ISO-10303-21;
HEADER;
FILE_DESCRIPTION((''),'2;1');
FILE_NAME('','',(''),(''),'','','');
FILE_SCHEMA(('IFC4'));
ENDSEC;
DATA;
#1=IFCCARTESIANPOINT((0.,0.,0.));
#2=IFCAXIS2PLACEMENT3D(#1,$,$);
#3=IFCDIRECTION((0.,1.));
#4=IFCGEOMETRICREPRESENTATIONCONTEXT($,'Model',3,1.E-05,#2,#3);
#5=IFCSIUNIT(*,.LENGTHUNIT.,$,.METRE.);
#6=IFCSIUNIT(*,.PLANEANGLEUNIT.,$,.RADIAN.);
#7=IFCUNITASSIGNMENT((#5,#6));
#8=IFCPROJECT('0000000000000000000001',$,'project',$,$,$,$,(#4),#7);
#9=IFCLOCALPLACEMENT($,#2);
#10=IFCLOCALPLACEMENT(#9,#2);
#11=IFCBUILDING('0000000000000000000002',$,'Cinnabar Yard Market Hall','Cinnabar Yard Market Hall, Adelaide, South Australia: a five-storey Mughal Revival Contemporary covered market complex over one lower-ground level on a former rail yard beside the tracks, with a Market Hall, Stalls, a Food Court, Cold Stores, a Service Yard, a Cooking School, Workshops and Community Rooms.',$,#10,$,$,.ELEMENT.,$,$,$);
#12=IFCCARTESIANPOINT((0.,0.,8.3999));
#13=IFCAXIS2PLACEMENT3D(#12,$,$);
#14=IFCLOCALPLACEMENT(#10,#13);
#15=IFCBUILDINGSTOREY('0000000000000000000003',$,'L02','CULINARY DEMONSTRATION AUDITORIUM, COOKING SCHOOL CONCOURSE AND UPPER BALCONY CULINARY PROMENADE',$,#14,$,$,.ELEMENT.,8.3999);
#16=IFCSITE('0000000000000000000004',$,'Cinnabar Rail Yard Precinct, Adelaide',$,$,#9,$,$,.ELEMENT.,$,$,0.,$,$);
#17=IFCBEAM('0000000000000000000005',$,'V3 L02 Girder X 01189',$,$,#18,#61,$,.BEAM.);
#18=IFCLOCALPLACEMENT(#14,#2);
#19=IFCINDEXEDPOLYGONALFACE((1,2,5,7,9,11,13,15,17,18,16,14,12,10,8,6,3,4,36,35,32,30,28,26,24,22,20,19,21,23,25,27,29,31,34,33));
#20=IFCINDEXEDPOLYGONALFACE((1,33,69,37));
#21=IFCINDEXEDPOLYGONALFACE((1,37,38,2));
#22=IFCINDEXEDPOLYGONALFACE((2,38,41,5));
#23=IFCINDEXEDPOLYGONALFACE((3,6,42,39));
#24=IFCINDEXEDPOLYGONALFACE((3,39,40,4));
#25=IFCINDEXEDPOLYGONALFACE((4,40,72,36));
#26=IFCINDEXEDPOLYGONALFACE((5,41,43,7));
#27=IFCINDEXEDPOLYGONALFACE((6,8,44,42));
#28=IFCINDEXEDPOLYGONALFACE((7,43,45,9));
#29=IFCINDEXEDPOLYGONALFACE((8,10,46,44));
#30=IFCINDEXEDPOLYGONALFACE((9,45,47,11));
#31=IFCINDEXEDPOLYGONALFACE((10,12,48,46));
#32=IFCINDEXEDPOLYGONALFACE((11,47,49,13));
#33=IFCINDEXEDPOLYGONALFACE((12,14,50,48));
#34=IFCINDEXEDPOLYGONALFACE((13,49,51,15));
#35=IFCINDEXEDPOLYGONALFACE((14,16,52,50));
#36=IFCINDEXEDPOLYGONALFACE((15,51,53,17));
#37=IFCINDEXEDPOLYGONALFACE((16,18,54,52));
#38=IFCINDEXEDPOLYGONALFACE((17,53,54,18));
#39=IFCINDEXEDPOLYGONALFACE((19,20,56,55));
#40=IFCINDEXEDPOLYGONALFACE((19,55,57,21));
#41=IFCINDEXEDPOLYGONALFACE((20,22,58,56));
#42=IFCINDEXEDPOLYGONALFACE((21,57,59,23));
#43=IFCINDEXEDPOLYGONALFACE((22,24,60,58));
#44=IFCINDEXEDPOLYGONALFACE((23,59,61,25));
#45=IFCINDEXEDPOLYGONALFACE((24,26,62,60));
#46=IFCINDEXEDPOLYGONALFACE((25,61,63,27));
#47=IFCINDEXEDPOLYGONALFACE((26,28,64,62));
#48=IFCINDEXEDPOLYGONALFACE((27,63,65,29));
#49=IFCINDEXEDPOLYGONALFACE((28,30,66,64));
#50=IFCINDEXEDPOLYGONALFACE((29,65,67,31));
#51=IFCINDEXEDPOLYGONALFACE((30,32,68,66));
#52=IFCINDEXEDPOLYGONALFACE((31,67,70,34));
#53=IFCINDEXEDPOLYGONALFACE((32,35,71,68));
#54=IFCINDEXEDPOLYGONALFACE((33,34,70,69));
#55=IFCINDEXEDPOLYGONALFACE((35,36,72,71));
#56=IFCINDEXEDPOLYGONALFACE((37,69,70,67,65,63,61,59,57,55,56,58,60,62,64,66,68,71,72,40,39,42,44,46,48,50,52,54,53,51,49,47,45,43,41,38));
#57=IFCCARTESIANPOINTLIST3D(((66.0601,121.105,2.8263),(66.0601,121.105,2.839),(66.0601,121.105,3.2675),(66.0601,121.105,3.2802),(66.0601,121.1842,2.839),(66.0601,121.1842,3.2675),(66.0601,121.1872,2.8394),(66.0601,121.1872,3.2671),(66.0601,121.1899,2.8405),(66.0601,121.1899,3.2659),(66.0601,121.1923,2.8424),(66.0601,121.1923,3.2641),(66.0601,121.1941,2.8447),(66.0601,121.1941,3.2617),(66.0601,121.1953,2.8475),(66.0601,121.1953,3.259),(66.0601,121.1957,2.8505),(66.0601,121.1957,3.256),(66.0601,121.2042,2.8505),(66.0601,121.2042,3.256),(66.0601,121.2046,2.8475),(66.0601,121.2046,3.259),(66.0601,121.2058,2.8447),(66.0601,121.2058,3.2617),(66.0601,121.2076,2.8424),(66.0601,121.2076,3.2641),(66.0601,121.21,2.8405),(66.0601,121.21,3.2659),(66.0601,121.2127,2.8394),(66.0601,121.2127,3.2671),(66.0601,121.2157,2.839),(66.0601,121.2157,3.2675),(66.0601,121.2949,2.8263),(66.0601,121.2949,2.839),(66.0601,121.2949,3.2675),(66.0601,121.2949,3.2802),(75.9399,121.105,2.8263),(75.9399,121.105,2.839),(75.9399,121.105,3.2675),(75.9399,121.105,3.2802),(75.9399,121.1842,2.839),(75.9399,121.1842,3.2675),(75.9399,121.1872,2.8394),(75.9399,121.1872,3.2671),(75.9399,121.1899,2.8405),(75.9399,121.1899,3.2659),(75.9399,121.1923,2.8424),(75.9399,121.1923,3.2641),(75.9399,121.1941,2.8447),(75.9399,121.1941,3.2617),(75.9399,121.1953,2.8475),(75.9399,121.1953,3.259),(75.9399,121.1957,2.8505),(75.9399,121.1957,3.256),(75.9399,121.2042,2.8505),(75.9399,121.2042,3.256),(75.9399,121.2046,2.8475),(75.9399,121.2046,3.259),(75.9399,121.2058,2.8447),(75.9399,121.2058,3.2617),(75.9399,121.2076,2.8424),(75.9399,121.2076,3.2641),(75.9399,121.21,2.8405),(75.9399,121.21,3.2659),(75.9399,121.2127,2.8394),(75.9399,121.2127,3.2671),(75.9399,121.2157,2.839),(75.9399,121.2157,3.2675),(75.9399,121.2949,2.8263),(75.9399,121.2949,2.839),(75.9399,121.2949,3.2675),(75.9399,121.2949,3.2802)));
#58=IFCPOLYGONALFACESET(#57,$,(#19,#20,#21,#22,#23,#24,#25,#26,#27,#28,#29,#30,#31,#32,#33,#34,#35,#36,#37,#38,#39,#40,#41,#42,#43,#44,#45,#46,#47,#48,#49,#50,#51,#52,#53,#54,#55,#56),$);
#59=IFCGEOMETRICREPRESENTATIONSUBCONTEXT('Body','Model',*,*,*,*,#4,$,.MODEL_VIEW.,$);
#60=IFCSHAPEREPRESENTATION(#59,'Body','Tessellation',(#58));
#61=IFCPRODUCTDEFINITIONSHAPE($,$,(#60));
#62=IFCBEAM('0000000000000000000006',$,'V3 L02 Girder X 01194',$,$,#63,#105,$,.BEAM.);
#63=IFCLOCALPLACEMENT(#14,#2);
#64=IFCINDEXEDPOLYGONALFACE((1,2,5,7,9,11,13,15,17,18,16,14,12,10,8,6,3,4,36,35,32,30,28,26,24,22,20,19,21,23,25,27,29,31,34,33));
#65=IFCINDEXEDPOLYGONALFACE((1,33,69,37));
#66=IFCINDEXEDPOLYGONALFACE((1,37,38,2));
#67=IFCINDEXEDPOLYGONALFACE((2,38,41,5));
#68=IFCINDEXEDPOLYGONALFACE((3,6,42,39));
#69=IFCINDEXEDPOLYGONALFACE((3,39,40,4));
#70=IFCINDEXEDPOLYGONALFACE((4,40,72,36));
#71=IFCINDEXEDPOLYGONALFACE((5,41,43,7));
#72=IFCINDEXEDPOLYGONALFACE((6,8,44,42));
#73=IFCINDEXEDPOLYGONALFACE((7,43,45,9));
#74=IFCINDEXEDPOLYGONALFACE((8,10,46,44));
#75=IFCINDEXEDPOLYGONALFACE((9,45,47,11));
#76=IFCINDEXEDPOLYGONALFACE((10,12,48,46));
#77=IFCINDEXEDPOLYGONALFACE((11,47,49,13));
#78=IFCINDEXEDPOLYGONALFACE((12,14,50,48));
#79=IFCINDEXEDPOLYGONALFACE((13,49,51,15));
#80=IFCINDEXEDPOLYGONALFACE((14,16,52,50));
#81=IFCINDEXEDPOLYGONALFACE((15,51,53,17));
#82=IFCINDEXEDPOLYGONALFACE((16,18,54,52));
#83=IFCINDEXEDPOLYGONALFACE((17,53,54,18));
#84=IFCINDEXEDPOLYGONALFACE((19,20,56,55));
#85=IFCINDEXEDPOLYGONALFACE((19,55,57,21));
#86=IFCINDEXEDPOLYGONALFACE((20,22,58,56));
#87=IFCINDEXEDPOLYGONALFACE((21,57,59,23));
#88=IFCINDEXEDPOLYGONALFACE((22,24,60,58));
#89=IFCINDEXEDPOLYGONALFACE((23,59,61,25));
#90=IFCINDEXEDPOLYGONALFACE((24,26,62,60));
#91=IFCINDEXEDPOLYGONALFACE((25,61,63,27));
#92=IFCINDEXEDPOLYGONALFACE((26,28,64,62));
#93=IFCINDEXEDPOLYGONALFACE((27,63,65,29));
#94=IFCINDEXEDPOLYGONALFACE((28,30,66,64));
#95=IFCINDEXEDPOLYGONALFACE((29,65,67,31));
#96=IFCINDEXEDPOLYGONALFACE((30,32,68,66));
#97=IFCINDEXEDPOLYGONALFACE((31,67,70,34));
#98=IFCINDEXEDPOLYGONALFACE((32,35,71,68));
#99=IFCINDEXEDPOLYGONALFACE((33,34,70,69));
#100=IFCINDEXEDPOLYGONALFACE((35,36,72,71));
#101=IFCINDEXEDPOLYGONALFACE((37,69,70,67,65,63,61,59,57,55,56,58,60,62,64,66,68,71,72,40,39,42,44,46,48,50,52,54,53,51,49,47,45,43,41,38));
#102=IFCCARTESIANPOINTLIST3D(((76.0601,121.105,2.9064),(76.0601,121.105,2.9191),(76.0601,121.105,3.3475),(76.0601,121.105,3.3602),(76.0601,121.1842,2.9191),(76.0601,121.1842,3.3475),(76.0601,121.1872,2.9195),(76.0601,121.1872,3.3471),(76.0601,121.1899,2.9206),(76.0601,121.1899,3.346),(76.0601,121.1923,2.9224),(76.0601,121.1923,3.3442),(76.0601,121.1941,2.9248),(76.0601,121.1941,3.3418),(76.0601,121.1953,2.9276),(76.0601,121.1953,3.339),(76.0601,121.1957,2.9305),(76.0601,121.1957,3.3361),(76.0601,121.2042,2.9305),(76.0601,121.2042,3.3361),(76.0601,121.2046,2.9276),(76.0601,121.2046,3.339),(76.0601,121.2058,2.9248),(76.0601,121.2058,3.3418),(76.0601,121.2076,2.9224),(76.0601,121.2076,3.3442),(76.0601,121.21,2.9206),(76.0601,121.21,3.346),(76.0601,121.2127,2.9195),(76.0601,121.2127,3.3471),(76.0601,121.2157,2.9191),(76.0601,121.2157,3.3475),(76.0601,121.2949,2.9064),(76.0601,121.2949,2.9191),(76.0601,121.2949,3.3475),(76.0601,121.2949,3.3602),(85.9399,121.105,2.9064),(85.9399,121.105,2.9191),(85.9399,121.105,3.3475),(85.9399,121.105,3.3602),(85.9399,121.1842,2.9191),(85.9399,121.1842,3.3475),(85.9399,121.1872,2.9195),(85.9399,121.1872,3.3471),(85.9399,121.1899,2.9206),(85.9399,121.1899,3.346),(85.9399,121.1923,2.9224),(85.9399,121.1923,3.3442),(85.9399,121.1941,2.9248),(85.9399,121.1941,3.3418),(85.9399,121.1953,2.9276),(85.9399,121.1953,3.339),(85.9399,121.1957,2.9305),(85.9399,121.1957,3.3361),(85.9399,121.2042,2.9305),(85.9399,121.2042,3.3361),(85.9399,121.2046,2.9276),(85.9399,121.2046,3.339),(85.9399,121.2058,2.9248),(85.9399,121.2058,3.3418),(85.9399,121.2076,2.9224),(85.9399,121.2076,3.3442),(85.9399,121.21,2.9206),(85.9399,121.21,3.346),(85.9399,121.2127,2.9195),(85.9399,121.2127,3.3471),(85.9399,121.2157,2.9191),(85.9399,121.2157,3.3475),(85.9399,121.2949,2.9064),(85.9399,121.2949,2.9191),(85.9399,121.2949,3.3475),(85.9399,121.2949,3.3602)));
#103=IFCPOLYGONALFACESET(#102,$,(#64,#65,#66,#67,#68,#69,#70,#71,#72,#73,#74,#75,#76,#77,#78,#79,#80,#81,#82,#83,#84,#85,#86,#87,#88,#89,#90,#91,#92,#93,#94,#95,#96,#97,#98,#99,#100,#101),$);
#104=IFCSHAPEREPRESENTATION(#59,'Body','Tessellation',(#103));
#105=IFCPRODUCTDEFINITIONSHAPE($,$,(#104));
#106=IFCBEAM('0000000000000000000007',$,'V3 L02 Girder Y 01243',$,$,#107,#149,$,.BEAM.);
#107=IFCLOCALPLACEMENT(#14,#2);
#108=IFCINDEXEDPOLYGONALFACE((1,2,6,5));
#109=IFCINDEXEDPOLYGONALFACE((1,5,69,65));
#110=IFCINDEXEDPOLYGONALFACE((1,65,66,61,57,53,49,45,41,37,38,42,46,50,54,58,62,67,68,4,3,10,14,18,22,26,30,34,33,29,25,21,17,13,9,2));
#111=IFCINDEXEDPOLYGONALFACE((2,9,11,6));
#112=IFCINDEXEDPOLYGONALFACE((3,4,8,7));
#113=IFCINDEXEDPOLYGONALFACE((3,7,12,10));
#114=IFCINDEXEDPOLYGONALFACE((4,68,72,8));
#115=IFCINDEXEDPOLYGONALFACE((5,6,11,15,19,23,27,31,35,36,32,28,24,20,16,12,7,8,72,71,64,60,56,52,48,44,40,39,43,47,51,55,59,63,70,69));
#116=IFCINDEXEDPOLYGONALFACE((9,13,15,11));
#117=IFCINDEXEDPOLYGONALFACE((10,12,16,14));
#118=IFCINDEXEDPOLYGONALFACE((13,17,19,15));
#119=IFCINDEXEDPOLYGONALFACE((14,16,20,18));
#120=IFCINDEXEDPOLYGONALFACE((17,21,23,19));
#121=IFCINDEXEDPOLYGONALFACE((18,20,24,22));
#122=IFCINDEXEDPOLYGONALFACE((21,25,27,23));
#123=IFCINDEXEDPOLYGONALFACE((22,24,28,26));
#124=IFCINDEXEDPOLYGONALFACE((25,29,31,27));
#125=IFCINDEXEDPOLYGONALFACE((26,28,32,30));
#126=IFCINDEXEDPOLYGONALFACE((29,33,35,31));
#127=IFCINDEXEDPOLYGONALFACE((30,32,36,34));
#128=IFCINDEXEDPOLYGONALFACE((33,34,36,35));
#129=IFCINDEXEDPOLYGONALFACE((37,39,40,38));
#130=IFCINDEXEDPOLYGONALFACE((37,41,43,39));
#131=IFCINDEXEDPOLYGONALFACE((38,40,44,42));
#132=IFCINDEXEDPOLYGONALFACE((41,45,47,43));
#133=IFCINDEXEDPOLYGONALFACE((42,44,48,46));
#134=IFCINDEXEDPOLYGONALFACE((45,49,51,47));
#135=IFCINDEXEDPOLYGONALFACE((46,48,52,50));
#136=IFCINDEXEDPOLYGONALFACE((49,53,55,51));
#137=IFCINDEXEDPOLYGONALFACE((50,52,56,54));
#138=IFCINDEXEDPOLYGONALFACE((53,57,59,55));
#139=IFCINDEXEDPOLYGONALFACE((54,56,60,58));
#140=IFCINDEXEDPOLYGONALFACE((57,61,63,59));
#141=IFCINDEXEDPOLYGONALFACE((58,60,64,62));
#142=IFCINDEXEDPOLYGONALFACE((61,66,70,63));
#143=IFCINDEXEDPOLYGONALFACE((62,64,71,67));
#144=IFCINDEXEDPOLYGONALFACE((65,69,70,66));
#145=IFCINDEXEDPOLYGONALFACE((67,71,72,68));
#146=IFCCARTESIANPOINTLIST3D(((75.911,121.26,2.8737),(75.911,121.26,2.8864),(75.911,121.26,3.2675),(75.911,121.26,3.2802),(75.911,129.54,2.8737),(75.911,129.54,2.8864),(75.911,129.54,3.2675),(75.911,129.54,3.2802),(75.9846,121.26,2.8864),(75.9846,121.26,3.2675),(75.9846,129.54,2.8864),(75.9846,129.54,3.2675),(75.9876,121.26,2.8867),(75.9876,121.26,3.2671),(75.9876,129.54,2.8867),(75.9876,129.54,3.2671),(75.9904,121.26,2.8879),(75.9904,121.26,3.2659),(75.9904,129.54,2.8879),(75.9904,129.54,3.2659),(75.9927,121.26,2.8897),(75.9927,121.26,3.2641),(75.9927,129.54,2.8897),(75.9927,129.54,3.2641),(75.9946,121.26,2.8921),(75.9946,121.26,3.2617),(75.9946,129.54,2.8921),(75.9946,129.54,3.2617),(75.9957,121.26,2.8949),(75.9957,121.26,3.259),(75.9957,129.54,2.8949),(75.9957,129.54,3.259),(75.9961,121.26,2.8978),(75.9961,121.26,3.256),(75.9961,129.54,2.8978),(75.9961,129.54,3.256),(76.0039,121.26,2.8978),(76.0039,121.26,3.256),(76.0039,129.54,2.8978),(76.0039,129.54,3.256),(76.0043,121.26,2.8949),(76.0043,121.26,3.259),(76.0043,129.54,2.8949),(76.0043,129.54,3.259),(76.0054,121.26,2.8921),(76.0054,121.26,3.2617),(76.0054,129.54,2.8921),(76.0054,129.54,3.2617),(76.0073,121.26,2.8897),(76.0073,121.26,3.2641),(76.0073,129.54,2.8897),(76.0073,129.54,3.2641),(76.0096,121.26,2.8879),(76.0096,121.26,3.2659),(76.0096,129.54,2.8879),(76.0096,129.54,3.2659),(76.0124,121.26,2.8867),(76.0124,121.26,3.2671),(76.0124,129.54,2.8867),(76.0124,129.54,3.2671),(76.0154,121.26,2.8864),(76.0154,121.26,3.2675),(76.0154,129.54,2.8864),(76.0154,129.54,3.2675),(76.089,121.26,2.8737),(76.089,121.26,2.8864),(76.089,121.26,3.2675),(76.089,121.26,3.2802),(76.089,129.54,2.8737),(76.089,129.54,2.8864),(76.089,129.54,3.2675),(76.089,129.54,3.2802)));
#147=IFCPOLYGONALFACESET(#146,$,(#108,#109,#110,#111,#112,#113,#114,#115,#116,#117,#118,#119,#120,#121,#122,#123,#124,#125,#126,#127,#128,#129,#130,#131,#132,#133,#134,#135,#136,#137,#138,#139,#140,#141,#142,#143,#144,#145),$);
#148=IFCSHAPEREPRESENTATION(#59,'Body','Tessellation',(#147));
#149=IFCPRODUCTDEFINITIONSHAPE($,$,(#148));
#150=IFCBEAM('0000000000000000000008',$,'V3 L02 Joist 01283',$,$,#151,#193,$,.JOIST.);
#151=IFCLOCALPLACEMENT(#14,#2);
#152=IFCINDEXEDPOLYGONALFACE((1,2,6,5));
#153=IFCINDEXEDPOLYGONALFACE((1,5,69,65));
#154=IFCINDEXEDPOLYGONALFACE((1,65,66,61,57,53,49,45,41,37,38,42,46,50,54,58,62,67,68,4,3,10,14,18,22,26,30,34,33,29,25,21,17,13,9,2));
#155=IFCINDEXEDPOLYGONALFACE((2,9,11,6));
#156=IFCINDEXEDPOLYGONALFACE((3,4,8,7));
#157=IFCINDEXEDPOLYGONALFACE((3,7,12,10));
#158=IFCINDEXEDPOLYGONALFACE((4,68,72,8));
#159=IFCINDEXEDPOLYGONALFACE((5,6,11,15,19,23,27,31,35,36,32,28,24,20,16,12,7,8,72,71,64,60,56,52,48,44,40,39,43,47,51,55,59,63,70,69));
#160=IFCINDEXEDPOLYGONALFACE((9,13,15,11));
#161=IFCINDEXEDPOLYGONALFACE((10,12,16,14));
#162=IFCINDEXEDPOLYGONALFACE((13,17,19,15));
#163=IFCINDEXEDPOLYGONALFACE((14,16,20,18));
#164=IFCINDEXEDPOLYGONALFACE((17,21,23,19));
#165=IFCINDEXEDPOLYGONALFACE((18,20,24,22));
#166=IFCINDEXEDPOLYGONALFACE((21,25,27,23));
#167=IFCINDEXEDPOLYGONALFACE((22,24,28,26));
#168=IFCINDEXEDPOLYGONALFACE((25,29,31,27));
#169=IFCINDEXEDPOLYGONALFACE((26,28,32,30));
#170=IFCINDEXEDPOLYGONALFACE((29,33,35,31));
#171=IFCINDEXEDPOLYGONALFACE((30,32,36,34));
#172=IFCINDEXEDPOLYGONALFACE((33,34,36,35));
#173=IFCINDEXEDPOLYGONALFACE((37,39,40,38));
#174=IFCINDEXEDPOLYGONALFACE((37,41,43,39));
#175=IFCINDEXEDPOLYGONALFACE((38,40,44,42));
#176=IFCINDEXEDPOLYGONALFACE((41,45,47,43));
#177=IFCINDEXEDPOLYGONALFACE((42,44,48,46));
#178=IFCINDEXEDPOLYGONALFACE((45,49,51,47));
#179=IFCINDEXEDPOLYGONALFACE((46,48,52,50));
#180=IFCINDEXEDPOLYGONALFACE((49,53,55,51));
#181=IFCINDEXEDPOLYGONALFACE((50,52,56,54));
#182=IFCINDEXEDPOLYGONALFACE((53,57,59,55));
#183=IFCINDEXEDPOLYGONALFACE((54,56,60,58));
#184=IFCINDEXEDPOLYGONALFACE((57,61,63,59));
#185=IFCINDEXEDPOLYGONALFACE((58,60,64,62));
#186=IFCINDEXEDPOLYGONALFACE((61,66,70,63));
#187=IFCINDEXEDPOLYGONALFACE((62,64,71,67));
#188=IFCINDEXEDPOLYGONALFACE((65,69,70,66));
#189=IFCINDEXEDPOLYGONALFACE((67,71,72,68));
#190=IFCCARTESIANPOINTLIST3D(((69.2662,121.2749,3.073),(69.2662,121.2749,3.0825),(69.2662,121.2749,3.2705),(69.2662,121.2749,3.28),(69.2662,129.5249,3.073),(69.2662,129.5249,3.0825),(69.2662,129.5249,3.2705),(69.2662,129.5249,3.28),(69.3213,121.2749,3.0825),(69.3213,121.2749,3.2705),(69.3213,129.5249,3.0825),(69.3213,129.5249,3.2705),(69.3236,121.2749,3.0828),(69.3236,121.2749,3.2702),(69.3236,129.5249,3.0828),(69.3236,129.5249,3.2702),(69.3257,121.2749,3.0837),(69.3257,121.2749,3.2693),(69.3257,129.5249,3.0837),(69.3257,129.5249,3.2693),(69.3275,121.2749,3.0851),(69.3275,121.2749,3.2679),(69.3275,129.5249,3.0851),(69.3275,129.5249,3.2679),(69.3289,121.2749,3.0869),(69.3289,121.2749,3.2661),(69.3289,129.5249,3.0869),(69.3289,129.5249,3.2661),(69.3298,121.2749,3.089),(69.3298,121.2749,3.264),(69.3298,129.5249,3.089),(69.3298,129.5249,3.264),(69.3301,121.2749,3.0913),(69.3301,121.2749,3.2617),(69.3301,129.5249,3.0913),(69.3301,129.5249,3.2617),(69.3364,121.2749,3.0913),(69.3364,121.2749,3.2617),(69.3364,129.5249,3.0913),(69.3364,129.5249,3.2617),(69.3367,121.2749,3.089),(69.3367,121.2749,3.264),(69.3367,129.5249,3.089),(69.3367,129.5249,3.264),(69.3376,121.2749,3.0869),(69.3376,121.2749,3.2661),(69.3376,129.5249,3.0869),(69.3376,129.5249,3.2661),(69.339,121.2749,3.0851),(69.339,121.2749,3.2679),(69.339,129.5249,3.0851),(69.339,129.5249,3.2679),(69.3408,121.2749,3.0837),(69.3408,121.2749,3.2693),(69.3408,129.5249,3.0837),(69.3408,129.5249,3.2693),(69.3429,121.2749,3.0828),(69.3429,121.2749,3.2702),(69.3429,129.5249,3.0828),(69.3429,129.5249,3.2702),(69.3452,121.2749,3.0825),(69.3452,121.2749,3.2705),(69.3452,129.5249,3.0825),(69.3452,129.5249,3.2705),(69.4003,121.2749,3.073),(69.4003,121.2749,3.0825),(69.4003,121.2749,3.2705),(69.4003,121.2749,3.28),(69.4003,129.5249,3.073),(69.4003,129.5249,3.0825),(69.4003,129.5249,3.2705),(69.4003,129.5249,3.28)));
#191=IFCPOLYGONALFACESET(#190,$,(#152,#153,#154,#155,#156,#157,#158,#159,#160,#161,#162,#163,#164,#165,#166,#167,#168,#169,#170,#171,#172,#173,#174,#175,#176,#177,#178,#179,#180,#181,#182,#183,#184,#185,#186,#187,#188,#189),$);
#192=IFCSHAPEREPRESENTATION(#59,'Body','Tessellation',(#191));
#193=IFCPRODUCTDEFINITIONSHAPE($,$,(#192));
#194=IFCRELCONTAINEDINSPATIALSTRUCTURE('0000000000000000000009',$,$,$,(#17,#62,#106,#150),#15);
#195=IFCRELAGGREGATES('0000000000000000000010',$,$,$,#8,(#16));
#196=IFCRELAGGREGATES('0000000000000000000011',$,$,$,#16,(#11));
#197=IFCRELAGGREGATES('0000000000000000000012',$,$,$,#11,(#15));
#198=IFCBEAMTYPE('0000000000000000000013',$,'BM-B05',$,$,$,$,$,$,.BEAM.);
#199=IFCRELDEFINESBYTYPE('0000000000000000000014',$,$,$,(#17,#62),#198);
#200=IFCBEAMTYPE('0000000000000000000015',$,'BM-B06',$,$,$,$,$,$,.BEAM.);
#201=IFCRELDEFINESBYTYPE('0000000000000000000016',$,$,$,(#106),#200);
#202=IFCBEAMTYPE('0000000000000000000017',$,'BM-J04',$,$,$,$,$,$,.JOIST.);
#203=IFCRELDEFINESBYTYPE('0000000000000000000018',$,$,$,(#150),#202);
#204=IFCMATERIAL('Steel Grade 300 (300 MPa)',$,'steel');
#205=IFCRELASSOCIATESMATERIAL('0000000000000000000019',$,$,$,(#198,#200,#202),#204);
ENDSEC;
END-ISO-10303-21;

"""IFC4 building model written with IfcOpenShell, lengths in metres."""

from ifc_helpers import new_model, si_unit, direction, frame, origin, origin_2d_with_axis, place, context, subcontext, project, spatial, i_section, extrude, material, material_profile, profile_set, type_object, element, save


model = new_model("IFC4")

# Units and contexts
model_context = context("Model", 3, precision=1e-05, world=origin(), true_north=direction((0.0, 1.0)))
body_context = subcontext(model_context, "Body", "Model", "MODEL_VIEW")
ifc_project = project(units=[si_unit("LENGTHUNIT", "METRE"), si_unit("PLANEANGLEUNIT", "RADIAN")], contexts=[model_context])

# Site, building, storey
site_placement = place(None, origin())
site = spatial("IfcSite", under=ifc_project, at=site_placement, Name="Cinnabar Rail Yard Precinct, Adelaide", CompositionType="ELEMENT", RefElevation=0.0)
building_placement = place(site_placement, origin())
building = spatial("IfcBuilding", under=site, at=building_placement, Name="Cinnabar Yard Market Hall", Description="Cinnabar Yard Market Hall, Adelaide, South Australia: a five-storey Mughal Revival Contemporary covered market complex over one lower-ground level on a former rail yard beside the tracks, with a Market Hall, Stalls, a Food Court, Cold Stores, a Service Yard, a Cooking School, Workshops and Community Rooms.", CompositionType="ELEMENT")
storey_placement = place(building_placement, frame((0.0, 0.0, 8.3999)))
storey = spatial("IfcBuildingStorey", under=building, at=storey_placement, Name="L02", Description="CULINARY DEMONSTRATION AUDITORIUM, COOKING SCHOOL CONCOURSE AND UPPER BALCONY CULINARY PROMENADE", CompositionType="ELEMENT", Elevation=8.3999)

# Shared definitions
ifc_material_1 = material(Name="Steel Grade 300 (300 MPa)", Category="steel")

# Beams
ifc_material_profile_1 = material_profile(ifc_material_1, i_section(OverallWidth=0.1899, OverallDepth=0.4539, WebThickness=0.0085, FlangeThickness=0.0127, FilletRadius=0.0115, at=origin_2d_with_axis()), Name="460UB67.1")
ifc_profile_set_1 = profile_set([ifc_material_profile_1], Name="Steel Grade 300 (300 MPa)")
beam_type_1 = type_object("IfcBeamType", Name="BM-B05", PredefinedType="BEAM", material=ifc_profile_set_1)
for number, where, z_axis, x_axis, name in (
    (1, (66.0601, 121.2, 3.0532), (1.0, 0.0, 0.0), (0.0, 1.0, 0.0), "V3 L02 Girder X 01189"),
    (2, (76.0601, 121.2, 3.1333), (1.0, 0.0, 0.0), (0.0, 1.0, 0.0), "V3 L02 Girder X 01194"),
):
    element("IfcBeam", number, at=place(storey_placement, frame(where, z_axis=z_axis, x_axis=x_axis)), inside=storey, type_object=beam_type_1, Name=name, PredefinedType="BEAM", context=body_context, shape_type="SweptSolid", body=[
        extrude(i_section(OverallWidth=0.1899, OverallDepth=0.4539, WebThickness=0.0085, FlangeThickness=0.0127, FilletRadius=0.0115, at=origin_2d_with_axis()), origin(), (0.0, 0.0, 1.0), 9.8799),
    ])
ifc_material_profile_2 = material_profile(ifc_material_1, i_section(OverallWidth=0.178, OverallDepth=0.4065, WebThickness=0.0078, FlangeThickness=0.0127, FilletRadius=0.0115, at=origin_2d_with_axis()), Name="410UB59.7")
ifc_profile_set_2 = profile_set([ifc_material_profile_2], Name="Steel Grade 300 (300 MPa)")
beam_type_2 = type_object("IfcBeamType", Name="BM-B06", PredefinedType="BEAM", material=ifc_profile_set_2)
beam_1_placement = place(storey_placement, frame((76.0, 121.26, 3.0769), z_axis=(0.0, 1.0, 0.0), x_axis=(-1.0, 0.0, 0.0)))
element("IfcBeam", 3, at=beam_1_placement, inside=storey, type_object=beam_type_2, Name="V3 L02 Girder Y 01243", PredefinedType="BEAM", context=body_context, shape_type="SweptSolid", body=[
    extrude(i_section(OverallWidth=0.178, OverallDepth=0.4065, WebThickness=0.0078, FlangeThickness=0.0127, FilletRadius=0.0115, at=origin_2d_with_axis()), origin(), (0.0, 0.0, 1.0), 8.28),
])
ifc_material_profile_3 = material_profile(ifc_material_1, i_section(OverallWidth=0.134, OverallDepth=0.207, WebThickness=0.0063, FlangeThickness=0.0095, FilletRadius=0.0088, at=origin_2d_with_axis()), Name="200UB29.8")
ifc_profile_set_3 = profile_set([ifc_material_profile_3], Name="Steel Grade 300 (300 MPa)")
beam_type_3 = type_object("IfcBeamType", Name="BM-J04", PredefinedType="JOIST", material=ifc_profile_set_3)
for number, where, z_axis, x_axis, name in (
    (4, (69.3333, 121.2749, 3.1765), (0.0, 1.0, 0.0), (-1.0, 0.0, 0.0), "V3 L02 Joist 01283"),
):
    element("IfcBeam", number, at=place(storey_placement, frame(where, z_axis=z_axis, x_axis=x_axis)), inside=storey, type_object=beam_type_3, Name=name, PredefinedType="JOIST", context=body_context, shape_type="SweptSolid", body=[
        extrude(i_section(OverallWidth=0.134, OverallDepth=0.207, WebThickness=0.0063, FlangeThickness=0.0095, FilletRadius=0.0088, at=origin_2d_with_axis()), origin(), (0.0, 0.0, 1.0), 8.25),
    ])

save(model, "model.ifc")
